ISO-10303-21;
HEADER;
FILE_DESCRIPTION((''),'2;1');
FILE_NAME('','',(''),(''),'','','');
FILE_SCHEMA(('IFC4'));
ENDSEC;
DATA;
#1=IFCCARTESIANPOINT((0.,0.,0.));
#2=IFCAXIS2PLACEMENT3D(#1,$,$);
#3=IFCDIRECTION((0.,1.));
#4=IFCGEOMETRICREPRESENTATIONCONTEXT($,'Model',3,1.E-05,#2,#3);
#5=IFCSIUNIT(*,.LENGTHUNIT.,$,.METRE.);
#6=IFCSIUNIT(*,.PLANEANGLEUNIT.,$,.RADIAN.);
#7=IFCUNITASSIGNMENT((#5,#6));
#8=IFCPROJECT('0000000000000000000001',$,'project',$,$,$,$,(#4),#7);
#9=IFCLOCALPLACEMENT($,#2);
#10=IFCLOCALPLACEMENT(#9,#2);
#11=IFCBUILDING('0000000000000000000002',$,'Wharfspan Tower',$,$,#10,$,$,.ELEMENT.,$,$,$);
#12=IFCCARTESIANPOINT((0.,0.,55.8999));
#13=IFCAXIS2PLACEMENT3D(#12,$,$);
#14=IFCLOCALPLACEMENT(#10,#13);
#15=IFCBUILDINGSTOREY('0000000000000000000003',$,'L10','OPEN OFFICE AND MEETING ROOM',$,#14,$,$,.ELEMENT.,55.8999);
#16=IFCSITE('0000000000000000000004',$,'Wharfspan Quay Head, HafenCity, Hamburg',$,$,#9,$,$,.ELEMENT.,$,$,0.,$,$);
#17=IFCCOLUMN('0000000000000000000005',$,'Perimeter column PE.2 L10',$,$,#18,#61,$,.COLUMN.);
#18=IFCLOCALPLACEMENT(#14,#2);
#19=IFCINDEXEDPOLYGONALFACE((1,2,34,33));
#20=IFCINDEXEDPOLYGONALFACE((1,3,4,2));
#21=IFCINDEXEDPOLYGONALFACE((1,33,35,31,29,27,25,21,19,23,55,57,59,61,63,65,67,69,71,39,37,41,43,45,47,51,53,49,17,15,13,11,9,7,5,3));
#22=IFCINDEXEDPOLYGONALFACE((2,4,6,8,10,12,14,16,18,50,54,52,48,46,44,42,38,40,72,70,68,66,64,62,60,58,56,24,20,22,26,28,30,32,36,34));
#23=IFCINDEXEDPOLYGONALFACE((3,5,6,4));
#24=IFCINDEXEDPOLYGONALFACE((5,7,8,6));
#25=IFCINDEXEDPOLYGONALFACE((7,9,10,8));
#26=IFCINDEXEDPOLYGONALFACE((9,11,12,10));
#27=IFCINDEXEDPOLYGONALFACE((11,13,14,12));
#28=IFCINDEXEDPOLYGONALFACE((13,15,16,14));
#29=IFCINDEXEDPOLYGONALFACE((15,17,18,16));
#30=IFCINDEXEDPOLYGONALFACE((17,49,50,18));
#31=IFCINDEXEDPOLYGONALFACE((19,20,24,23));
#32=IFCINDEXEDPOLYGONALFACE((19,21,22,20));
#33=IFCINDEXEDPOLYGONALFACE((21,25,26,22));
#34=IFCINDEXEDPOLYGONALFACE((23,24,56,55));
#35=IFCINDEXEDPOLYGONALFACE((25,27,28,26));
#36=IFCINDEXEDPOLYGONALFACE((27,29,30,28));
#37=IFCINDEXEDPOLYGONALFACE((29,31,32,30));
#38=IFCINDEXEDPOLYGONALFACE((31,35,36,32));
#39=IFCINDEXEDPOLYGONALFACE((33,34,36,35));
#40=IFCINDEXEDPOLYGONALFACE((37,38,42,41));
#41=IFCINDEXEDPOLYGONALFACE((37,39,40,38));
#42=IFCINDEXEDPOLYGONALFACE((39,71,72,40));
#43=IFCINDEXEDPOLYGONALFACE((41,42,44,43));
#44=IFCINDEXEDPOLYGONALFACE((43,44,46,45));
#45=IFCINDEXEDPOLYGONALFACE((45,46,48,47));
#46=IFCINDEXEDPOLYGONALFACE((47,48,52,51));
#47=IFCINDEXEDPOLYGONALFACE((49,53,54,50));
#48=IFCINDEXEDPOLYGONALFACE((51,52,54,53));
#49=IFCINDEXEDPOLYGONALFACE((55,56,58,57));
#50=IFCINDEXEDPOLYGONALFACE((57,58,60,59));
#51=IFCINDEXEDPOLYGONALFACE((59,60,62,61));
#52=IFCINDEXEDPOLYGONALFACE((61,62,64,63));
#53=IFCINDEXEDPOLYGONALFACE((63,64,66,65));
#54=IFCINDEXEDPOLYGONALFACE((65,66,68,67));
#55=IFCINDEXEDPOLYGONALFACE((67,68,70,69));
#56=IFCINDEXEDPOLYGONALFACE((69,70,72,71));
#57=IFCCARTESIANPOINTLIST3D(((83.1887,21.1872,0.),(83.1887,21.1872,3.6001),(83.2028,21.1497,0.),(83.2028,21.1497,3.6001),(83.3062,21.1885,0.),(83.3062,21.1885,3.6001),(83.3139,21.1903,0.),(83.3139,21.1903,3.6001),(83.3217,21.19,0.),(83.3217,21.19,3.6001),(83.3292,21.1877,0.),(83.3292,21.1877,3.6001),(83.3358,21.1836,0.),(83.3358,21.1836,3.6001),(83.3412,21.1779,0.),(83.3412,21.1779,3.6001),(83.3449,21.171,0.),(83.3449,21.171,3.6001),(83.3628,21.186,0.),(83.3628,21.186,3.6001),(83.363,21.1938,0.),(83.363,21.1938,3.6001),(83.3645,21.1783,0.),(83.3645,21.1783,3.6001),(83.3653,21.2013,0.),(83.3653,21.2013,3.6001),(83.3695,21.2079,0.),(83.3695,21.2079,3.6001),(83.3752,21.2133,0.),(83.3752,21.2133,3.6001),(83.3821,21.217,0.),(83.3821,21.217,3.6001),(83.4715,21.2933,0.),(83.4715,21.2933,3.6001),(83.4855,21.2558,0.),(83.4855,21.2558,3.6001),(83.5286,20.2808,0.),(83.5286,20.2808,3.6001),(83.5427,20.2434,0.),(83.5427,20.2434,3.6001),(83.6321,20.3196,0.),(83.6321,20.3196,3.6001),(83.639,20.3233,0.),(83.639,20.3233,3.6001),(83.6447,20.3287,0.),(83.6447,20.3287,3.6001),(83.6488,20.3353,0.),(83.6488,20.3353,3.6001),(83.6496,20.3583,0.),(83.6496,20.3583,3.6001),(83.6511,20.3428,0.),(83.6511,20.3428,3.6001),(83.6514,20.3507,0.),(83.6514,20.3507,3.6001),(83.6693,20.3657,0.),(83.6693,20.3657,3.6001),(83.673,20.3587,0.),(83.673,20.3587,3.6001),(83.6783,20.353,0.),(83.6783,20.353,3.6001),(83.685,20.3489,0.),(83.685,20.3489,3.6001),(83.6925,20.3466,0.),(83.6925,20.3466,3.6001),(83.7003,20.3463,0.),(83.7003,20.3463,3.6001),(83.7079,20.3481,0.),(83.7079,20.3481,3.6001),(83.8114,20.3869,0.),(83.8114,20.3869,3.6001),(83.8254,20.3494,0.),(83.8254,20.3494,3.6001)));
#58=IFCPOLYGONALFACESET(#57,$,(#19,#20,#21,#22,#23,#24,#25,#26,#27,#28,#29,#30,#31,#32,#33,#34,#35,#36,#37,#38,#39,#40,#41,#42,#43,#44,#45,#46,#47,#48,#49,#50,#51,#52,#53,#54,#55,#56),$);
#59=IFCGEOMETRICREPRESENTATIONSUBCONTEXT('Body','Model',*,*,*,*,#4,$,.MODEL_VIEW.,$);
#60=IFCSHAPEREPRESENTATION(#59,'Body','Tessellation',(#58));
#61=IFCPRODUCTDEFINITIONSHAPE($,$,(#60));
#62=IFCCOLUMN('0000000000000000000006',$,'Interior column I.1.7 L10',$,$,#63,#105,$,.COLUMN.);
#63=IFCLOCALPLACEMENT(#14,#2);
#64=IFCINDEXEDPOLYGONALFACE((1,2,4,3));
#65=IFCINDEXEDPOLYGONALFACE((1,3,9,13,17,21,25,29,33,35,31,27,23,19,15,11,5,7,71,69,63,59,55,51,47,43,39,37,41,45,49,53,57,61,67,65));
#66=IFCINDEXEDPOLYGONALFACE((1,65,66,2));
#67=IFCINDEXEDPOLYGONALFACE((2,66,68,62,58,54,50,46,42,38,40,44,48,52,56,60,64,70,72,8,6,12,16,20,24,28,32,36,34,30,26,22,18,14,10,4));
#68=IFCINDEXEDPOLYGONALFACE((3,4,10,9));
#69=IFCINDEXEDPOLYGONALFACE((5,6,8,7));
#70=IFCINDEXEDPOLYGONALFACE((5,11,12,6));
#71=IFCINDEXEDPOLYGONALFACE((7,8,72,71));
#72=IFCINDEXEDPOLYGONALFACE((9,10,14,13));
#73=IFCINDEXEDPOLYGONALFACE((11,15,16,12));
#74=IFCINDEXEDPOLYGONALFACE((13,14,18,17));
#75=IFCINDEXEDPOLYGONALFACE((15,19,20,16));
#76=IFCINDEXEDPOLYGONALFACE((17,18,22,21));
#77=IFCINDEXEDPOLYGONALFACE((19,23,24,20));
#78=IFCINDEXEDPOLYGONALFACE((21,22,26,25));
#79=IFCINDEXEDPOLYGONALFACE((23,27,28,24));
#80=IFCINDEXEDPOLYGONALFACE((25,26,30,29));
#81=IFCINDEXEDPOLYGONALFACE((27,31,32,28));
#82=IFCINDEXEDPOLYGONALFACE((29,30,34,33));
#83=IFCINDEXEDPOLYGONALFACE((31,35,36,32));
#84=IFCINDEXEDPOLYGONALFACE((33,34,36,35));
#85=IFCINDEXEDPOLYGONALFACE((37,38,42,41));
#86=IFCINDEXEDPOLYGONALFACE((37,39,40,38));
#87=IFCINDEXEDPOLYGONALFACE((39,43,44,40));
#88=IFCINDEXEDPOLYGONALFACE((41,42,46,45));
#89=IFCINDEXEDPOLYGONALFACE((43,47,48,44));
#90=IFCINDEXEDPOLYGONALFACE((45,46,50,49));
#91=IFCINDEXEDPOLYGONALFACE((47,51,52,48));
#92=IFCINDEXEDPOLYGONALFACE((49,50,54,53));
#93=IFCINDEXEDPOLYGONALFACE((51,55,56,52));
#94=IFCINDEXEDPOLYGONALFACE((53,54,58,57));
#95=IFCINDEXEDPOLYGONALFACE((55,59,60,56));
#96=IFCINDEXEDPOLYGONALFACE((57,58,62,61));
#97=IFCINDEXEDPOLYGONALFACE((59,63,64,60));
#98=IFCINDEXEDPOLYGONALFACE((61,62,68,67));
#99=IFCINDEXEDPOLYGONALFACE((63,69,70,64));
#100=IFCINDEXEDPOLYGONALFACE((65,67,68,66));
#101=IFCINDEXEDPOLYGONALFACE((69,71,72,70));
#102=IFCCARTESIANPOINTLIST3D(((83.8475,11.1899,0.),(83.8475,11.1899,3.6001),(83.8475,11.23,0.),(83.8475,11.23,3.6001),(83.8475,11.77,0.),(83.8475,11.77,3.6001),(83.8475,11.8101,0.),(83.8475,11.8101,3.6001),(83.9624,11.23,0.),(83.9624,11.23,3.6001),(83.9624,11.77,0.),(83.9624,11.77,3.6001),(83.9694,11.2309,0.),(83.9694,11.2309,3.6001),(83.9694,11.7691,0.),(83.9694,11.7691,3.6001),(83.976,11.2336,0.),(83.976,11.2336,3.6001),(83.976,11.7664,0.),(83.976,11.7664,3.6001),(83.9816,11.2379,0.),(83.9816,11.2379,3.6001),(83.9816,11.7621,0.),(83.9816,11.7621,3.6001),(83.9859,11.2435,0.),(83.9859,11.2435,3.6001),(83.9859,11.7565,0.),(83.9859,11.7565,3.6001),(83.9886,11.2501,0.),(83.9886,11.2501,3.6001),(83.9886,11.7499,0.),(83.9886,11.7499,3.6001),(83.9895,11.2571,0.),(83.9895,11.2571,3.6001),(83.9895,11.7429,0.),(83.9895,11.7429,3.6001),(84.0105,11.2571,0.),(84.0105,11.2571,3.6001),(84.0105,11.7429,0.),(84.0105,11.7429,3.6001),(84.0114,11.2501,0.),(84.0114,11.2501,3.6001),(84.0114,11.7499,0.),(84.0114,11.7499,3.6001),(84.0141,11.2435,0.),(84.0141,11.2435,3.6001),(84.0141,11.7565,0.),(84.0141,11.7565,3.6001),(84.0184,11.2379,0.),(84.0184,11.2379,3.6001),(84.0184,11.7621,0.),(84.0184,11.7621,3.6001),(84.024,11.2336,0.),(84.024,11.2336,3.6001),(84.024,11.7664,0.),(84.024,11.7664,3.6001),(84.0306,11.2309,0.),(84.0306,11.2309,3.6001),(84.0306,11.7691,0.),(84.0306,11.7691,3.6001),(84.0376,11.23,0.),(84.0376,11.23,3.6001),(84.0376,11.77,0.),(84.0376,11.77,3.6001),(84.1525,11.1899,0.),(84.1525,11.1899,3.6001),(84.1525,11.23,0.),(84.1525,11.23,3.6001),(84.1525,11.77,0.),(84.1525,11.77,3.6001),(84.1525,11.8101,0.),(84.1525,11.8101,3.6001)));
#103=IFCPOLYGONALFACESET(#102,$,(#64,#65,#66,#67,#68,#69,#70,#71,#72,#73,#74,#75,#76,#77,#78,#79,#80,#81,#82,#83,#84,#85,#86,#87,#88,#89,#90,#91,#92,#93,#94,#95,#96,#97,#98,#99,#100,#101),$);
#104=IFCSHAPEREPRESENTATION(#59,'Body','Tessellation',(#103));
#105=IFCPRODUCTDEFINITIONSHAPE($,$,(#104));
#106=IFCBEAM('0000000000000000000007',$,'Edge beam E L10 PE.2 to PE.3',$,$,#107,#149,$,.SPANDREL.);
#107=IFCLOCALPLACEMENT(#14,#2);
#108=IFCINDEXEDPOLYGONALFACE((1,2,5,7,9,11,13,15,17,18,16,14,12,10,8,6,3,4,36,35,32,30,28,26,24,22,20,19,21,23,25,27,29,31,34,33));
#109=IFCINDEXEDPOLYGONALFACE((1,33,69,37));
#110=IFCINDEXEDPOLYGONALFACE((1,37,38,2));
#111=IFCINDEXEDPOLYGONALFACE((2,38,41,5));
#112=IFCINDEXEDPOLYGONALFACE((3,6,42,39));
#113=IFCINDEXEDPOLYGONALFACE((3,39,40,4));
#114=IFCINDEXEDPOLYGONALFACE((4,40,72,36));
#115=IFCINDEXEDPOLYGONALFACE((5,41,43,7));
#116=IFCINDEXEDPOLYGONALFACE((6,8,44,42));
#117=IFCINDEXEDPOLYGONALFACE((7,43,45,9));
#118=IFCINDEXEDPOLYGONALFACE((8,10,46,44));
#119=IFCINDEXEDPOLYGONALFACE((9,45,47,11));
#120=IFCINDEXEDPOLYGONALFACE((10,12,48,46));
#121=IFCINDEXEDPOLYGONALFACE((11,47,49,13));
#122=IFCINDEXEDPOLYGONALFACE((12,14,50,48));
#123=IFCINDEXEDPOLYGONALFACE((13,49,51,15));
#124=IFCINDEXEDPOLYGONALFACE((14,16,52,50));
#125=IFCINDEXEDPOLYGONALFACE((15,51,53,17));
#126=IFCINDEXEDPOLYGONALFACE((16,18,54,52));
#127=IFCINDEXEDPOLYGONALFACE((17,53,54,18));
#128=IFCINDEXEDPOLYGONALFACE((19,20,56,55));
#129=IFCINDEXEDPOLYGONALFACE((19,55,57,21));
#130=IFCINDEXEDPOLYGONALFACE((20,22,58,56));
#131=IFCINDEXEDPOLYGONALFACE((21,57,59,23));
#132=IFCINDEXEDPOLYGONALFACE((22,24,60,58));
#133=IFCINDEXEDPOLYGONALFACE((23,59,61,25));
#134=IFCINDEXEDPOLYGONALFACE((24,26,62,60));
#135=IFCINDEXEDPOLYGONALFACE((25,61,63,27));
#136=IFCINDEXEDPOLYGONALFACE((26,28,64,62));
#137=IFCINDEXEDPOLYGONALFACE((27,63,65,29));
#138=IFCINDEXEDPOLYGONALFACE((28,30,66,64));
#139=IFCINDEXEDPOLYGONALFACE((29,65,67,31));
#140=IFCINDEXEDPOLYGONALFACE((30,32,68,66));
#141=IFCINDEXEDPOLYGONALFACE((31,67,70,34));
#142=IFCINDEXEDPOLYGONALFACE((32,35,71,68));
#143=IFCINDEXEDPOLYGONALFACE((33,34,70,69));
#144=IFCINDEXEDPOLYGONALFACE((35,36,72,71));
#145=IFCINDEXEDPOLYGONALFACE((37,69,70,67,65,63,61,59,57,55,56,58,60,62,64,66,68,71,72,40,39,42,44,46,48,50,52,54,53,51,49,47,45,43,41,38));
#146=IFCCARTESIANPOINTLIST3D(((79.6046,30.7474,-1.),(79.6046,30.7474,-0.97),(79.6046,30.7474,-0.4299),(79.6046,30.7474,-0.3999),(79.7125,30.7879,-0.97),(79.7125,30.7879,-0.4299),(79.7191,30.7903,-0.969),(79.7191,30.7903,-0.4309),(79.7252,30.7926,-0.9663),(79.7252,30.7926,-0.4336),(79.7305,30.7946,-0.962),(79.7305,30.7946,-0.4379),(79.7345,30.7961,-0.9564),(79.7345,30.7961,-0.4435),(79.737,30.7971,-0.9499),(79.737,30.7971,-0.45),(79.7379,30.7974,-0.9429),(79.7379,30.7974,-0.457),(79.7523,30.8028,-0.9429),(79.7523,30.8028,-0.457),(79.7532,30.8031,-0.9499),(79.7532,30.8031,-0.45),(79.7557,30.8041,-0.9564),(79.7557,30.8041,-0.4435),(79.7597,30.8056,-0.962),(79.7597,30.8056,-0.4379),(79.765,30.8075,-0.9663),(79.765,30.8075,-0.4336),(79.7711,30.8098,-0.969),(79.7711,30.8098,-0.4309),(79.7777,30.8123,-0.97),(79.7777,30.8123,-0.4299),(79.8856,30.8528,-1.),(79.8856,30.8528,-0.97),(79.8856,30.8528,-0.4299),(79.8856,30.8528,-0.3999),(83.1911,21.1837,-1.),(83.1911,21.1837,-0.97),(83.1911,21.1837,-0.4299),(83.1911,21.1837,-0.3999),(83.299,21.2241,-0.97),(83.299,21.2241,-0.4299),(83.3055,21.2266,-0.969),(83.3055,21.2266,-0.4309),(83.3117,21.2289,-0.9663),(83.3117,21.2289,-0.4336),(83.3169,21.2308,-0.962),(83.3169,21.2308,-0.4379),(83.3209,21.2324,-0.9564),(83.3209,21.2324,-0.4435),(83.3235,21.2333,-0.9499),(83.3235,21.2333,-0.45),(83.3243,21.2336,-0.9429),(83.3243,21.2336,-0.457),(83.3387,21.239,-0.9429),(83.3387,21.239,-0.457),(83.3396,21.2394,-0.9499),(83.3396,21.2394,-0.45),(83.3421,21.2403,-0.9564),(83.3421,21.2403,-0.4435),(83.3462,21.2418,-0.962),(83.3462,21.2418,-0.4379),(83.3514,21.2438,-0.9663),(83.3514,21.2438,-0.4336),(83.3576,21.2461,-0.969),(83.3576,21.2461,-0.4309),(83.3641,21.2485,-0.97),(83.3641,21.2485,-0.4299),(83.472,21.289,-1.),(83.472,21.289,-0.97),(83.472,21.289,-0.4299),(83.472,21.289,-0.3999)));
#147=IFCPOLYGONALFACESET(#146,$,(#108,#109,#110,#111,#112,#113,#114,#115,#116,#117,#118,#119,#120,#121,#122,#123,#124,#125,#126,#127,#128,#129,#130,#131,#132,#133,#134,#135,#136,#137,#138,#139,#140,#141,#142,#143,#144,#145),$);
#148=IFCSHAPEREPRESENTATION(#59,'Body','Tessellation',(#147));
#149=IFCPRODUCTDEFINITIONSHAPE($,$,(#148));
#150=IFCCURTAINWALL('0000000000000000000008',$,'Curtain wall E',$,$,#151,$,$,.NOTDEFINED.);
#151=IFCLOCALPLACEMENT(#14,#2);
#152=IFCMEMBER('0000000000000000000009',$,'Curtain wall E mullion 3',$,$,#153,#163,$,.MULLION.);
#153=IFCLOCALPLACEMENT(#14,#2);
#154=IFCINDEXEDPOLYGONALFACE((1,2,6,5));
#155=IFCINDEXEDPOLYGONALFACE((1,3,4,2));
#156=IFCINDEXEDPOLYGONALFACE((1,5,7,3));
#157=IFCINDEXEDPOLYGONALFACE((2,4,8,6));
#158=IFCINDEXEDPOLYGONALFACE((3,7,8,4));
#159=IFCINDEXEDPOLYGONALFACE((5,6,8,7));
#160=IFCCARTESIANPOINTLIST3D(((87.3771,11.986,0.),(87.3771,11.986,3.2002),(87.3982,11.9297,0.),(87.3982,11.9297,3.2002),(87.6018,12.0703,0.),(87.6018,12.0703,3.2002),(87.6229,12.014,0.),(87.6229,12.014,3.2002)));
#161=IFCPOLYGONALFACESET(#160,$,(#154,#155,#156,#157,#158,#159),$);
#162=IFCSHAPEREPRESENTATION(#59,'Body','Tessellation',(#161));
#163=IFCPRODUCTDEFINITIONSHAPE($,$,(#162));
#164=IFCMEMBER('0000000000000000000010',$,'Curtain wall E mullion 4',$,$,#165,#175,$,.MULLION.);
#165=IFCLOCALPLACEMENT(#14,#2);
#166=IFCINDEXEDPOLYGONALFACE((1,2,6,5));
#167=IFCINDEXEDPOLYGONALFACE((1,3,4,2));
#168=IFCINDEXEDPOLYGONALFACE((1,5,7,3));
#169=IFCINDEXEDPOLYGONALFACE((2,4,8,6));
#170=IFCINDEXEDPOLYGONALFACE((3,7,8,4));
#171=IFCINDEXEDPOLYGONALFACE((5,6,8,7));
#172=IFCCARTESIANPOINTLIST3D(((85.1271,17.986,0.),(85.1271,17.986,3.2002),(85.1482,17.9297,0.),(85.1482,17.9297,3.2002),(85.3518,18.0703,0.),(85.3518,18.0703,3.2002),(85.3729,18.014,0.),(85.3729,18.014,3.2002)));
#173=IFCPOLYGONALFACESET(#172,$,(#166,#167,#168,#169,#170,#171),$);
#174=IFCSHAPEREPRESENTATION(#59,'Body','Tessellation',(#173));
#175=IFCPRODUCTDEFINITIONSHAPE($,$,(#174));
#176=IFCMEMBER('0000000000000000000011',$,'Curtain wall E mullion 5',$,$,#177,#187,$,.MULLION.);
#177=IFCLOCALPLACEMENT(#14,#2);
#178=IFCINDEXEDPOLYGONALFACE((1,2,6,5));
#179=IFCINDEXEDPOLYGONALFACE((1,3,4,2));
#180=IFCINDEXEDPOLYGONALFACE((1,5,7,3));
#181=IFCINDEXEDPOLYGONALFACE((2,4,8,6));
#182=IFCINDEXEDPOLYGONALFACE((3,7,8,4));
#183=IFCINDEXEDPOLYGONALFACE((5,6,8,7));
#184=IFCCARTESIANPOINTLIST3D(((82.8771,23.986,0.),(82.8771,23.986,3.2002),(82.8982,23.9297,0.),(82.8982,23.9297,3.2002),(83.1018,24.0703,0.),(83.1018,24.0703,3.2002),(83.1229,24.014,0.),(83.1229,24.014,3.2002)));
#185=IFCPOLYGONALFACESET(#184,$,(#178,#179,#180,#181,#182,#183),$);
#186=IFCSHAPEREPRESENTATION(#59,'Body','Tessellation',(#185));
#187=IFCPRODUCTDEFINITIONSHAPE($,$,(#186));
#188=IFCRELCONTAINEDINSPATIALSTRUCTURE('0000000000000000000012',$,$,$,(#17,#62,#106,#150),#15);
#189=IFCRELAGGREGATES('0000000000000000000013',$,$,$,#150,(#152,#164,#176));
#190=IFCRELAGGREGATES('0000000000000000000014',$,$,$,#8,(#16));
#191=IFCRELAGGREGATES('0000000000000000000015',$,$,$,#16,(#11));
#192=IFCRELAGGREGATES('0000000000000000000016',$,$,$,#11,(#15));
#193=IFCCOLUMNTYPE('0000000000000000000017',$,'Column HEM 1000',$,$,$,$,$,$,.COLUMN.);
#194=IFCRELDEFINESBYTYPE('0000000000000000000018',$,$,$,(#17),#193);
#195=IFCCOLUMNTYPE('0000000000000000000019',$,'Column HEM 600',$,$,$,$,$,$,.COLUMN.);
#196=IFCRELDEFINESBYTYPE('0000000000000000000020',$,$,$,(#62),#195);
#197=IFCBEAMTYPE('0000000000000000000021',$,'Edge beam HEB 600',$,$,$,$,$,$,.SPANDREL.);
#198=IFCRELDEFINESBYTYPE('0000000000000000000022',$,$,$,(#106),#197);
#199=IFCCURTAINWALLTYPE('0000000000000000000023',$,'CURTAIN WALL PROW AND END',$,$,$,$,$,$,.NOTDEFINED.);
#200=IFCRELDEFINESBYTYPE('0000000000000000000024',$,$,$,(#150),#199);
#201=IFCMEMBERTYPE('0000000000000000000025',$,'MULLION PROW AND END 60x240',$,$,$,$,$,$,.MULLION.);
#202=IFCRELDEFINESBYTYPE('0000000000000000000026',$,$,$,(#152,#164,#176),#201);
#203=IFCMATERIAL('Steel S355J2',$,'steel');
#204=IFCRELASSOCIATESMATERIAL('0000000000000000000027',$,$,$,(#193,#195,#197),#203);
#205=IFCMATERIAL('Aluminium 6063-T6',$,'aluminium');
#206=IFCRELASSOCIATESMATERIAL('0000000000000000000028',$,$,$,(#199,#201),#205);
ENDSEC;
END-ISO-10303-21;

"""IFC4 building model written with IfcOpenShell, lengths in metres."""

from ifc_helpers import new_model, si_unit, direction, frame, origin, origin_2d, place, context, subcontext, project, spatial, rectangle, i_section, extrude, material, material_profile, profile_set, type_object, element, aggregate, save


model = new_model("IFC4")

# Units and contexts
model_context = context("Model", 3, precision=1e-05, world=origin(), true_north=direction((0.0, 1.0)))
body_context = subcontext(model_context, "Body", "Model", "MODEL_VIEW")
ifc_project = project(units=[si_unit("LENGTHUNIT", "METRE"), si_unit("PLANEANGLEUNIT", "RADIAN")], contexts=[model_context])

# Site, building, storey
site_placement = place(None, origin())
site = spatial("IfcSite", under=ifc_project, at=site_placement, Name="Wharfspan Quay Head, HafenCity, Hamburg", CompositionType="ELEMENT", RefElevation=0.0)
building_placement = place(site_placement, origin())
building = spatial("IfcBuilding", under=site, at=building_placement, Name="Wharfspan Tower", CompositionType="ELEMENT")
storey_placement = place(building_placement, frame((0.0, 0.0, 55.8999)))
storey = spatial("IfcBuildingStorey", under=building, at=storey_placement, Name="L10", Description="OPEN OFFICE AND MEETING ROOM", CompositionType="ELEMENT", Elevation=55.8999)

# Columns
ifc_material_1 = material(Name="Steel S355J2", Category="steel")
ifc_material_profile_1 = material_profile(ifc_material_1, i_section(OverallWidth=0.302, OverallDepth=1.0081, WebThickness=0.021, FlangeThickness=0.04, FilletRadius=0.03, at=origin_2d()))
ifc_profile_set_1 = profile_set([ifc_material_profile_1], Name="Steel S355J2")
column_type_1 = type_object("IfcColumnType", Name="Column HEM 1000", PredefinedType="COLUMN", material=ifc_profile_set_1)
column_1_placement = place(storey_placement, frame((83.5071, 20.7683, 0.0), z_axis=(0.0, 0.0, 1.0), x_axis=(0.936328, 0.351123, 0.0)))
element("IfcColumn", 1, at=column_1_placement, inside=storey, type_object=column_type_1, Name="Perimeter column PE.2 L10", PredefinedType="COLUMN", context=body_context, shape_type="SweptSolid", body=[
    extrude(i_section(OverallWidth=0.302, OverallDepth=1.0081, WebThickness=0.021, FlangeThickness=0.04, FilletRadius=0.03, at=origin_2d()), origin(), (0.0, 0.0, 1.0), 3.6001),
])
ifc_material_profile_2 = material_profile(ifc_material_1, i_section(OverallWidth=0.3049, OverallDepth=0.6201, WebThickness=0.021, FlangeThickness=0.04, FilletRadius=0.0271, at=origin_2d()))
ifc_profile_set_2 = profile_set([ifc_material_profile_2], Name="Steel S355J2")
column_type_2 = type_object("IfcColumnType", Name="Column HEM 600", PredefinedType="COLUMN", material=ifc_profile_set_2)
column_2_placement = place(storey_placement, frame((84.0, 11.5, 0.0), z_axis=(0.0, 0.0, 1.0), x_axis=(1.0, 0.0, 0.0)))
element("IfcColumn", 2, at=column_2_placement, inside=storey, type_object=column_type_2, Name="Interior column I.1.7 L10", PredefinedType="COLUMN", context=body_context, shape_type="SweptSolid", body=[
    extrude(i_section(OverallWidth=0.3049, OverallDepth=0.6201, WebThickness=0.021, FlangeThickness=0.04, FilletRadius=0.0271, at=origin_2d()), origin(), (0.0, 0.0, 1.0), 3.6001),
])

# Beam
ifc_material_profile_3 = material_profile(ifc_material_1, i_section(OverallWidth=0.3, OverallDepth=0.6001, WebThickness=0.0154, FlangeThickness=0.03, FilletRadius=0.0271, at=origin_2d()))
ifc_profile_set_3 = profile_set([ifc_material_profile_3], Name="Steel S355J2")
beam_type = type_object("IfcBeamType", Name="Edge beam HEB 600", PredefinedType="SPANDREL", material=ifc_profile_set_3)
beam_placement = place(storey_placement, frame((83.3315, 21.2363, -0.7), z_axis=(-0.351126, 0.936328, 0.0), x_axis=(-0.936328, -0.351126, 0.0)))
element("IfcBeam", 3, at=beam_placement, inside=storey, type_object=beam_type, Name="Edge beam E L10 PE.2 to PE.3", PredefinedType="SPANDREL", context=body_context, shape_type="SweptSolid", body=[
    extrude(i_section(OverallWidth=0.3, OverallDepth=0.6001, WebThickness=0.0154, FlangeThickness=0.03, FilletRadius=0.0271, at=origin_2d()), origin(), (0.0, 0.0, 1.0), 10.2141),
])

# Curtain wall, members
ifc_material_2 = material(Name="Aluminium 6063-T6", Category="aluminium")
curtain_wall_type = type_object("IfcCurtainWallType", Name="CURTAIN WALL PROW AND END", PredefinedType="NOTDEFINED", material=ifc_material_2)
curtain_wall_placement = place(storey_placement, origin())
curtain_wall = element("IfcCurtainWall", 4, at=curtain_wall_placement, inside=storey, type_object=curtain_wall_type, Name="Curtain wall E", PredefinedType="NOTDEFINED")
ifc_material_profile_4 = material_profile(ifc_material_2, rectangle(XDim=0.24, YDim=0.0601, at=origin_2d()))
ifc_profile_set_4 = profile_set([ifc_material_profile_4], Name="Aluminium 6063-T6")
member_type_1 = type_object("IfcMemberType", Name="MULLION PROW AND END 60x240", PredefinedType="MULLION", material=ifc_profile_set_4)
member_1_placement = place(storey_placement, frame((87.5, 12.0, 0.0), z_axis=(0.0, 0.0, 1.0), x_axis=(-0.936328, -0.351123, 0.0)))
member_1 = element("IfcMember", 5, at=member_1_placement, type_object=member_type_1, Name="Curtain wall E mullion 3", PredefinedType="MULLION", context=body_context, shape_type="SweptSolid", body=[
    extrude(rectangle(XDim=0.24, YDim=0.0601, at=origin_2d()), origin(), (0.0, 0.0, 1.0), 3.2002),
])
member_2_placement = place(storey_placement, frame((85.25, 18.0, 0.0), z_axis=(0.0, 0.0, 1.0), x_axis=(-0.936328, -0.351123, 0.0)))
member_2 = element("IfcMember", 6, at=member_2_placement, type_object=member_type_1, Name="Curtain wall E mullion 4", PredefinedType="MULLION", context=body_context, shape_type="SweptSolid", body=[
    extrude(rectangle(XDim=0.24, YDim=0.0601, at=origin_2d()), origin(), (0.0, 0.0, 1.0), 3.2002),
])
member_3_placement = place(storey_placement, frame((83.0, 24.0, 0.0), z_axis=(0.0, 0.0, 1.0), x_axis=(-0.936328, -0.351123, 0.0)))
member_3 = element("IfcMember", 7, at=member_3_placement, type_object=member_type_1, Name="Curtain wall E mullion 5", PredefinedType="MULLION", context=body_context, shape_type="SweptSolid", body=[
    extrude(rectangle(XDim=0.24, YDim=0.0601, at=origin_2d()), origin(), (0.0, 0.0, 1.0), 3.2002),
])

aggregate(curtain_wall, [member_1, member_2, member_3])

save(model, "model.ifc")
